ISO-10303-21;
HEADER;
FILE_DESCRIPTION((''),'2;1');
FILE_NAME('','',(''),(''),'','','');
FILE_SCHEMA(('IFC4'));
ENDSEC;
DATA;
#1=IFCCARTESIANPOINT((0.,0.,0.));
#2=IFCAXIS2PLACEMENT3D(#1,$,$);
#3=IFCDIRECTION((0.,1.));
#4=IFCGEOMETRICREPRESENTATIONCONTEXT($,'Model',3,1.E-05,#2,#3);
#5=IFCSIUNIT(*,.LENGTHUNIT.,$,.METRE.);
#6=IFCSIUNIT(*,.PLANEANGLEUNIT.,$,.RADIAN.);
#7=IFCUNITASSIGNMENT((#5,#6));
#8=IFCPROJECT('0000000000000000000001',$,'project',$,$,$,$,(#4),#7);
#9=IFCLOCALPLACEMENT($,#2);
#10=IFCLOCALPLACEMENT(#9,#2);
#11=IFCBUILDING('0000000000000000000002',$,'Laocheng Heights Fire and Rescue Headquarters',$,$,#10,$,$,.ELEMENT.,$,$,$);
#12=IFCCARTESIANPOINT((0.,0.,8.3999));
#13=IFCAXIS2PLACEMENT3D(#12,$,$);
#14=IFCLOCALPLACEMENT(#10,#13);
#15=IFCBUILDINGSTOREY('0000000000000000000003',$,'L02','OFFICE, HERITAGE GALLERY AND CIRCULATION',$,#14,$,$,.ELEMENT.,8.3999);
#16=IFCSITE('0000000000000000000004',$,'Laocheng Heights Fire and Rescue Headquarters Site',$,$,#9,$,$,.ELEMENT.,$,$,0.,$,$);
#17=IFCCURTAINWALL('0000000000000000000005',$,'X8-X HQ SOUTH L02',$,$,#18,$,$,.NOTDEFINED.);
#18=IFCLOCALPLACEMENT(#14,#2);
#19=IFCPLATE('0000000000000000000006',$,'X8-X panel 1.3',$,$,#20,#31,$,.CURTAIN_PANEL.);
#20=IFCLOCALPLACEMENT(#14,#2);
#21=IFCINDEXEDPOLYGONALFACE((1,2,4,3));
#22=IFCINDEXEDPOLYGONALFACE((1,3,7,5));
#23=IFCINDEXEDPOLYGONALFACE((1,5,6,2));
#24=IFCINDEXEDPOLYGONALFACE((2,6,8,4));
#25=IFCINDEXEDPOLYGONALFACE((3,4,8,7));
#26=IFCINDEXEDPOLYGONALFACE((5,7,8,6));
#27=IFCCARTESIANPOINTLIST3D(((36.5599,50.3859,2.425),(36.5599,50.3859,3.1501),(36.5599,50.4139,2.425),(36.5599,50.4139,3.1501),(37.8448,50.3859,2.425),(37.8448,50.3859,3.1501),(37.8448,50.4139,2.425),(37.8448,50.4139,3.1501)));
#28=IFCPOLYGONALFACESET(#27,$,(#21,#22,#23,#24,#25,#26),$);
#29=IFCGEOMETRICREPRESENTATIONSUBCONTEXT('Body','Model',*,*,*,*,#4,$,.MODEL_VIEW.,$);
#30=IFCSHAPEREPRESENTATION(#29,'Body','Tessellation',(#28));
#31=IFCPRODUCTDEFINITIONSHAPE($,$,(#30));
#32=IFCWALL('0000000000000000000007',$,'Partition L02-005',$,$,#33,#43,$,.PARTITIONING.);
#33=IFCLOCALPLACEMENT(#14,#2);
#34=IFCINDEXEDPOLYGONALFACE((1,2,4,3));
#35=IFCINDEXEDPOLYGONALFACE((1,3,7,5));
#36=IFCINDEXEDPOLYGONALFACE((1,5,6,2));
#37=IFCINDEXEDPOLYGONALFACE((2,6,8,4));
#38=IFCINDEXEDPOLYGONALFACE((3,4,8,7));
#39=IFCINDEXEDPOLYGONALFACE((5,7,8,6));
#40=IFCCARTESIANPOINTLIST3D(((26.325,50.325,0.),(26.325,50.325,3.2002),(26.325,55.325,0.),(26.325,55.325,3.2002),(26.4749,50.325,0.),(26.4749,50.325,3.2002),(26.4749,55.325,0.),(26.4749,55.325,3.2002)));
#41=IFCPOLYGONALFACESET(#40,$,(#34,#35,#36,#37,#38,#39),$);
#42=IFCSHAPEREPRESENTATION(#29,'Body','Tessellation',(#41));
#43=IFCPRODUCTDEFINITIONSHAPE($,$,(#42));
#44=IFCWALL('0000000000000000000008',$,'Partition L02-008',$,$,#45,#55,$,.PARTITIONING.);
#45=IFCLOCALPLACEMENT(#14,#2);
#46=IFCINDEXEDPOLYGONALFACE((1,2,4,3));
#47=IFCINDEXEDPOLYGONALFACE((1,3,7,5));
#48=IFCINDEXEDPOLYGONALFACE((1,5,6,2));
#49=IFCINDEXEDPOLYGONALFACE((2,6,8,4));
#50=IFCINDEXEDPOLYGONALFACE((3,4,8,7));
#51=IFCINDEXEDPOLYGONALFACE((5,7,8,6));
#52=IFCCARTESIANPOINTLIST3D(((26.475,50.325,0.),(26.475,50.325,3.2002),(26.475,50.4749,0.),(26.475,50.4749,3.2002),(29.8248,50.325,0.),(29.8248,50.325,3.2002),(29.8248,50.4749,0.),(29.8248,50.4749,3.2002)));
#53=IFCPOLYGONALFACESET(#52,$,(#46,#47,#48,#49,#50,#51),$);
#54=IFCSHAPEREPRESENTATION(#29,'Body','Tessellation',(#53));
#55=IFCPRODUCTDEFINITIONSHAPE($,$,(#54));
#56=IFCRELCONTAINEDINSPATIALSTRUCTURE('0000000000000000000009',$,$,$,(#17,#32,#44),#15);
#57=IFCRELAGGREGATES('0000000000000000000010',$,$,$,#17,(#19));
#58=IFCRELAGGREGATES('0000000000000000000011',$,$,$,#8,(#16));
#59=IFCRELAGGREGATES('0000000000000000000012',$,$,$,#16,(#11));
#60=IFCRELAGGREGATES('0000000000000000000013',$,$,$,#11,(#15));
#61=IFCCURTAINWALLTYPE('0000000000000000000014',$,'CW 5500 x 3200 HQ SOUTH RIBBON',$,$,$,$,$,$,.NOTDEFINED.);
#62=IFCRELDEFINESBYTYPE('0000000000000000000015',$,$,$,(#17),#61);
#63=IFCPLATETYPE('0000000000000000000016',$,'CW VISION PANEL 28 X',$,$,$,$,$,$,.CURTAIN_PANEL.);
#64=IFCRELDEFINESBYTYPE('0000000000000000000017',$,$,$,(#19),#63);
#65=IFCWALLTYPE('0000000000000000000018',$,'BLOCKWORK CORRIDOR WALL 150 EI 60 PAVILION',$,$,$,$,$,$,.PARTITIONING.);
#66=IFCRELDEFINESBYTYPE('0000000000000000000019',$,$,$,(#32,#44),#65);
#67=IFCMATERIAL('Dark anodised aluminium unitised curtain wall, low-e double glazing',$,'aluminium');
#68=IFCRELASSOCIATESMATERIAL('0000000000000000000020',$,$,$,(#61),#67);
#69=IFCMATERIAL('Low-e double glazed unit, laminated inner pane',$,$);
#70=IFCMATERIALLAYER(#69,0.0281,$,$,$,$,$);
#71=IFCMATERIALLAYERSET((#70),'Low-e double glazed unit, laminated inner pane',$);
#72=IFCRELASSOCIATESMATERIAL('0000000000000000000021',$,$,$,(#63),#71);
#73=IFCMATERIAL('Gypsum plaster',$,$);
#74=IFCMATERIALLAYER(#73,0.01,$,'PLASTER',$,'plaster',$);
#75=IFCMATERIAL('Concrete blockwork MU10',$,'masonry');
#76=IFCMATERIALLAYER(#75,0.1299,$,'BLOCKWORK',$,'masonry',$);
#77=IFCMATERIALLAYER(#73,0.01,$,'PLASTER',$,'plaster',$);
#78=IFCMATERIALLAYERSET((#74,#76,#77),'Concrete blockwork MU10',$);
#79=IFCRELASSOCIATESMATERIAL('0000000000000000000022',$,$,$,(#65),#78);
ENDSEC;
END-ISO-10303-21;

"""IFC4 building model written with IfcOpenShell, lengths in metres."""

from ifc_helpers import new_model, si_unit, direction, frame, frame_2d, origin, origin_2d, place, context, subcontext, project, spatial, rectangle, extrude, material, layer, layer_set, type_object, element, aggregate, save


model = new_model("IFC4")

# Units and contexts
model_context = context("Model", 3, precision=1e-05, world=origin(), true_north=direction((0.0, 1.0)))
body_context = subcontext(model_context, "Body", "Model", "MODEL_VIEW")
ifc_project = project(units=[si_unit("LENGTHUNIT", "METRE"), si_unit("PLANEANGLEUNIT", "RADIAN")], contexts=[model_context])

# Site, building, storey
site_placement = place(None, origin())
site = spatial("IfcSite", under=ifc_project, at=site_placement, Name="Laocheng Heights Fire and Rescue Headquarters Site", CompositionType="ELEMENT", RefElevation=0.0)
building_placement = place(site_placement, origin())
building = spatial("IfcBuilding", under=site, at=building_placement, Name="Laocheng Heights Fire and Rescue Headquarters", CompositionType="ELEMENT")
storey_placement = place(building_placement, frame((0.0, 0.0, 8.3999)))
storey = spatial("IfcBuildingStorey", under=building, at=storey_placement, Name="L02", Description="OFFICE, HERITAGE GALLERY AND CIRCULATION", CompositionType="ELEMENT", Elevation=8.3999)

# Curtain wall, plate
ifc_material_1 = material(Name="Dark anodised aluminium unitised curtain wall, low-e double glazing", Category="aluminium")
curtain_wall_type = type_object("IfcCurtainWallType", Name="CW 5500 x 3200 HQ SOUTH RIBBON", PredefinedType="NOTDEFINED", material=ifc_material_1)
curtain_wall_placement = place(storey_placement, origin())
curtain_wall = element("IfcCurtainWall", 1, at=curtain_wall_placement, inside=storey, type_object=curtain_wall_type, Name="X8-X HQ SOUTH L02", PredefinedType="NOTDEFINED")
ifc_material_2 = material(Name="Low-e double glazed unit, laminated inner pane")
ifc_layer_1 = layer(ifc_material_2, 0.0281)
ifc_layer_set_1 = layer_set([ifc_layer_1], Name="Low-e double glazed unit, laminated inner pane")
plate_type_1 = type_object("IfcPlateType", Name="CW VISION PANEL 28 X", PredefinedType="CURTAIN_PANEL", material=ifc_layer_set_1)
plate_1_placement = place(storey_placement, frame((37.2024, 50.3999, 2.425), z_axis=(0.0, 0.0, 1.0), x_axis=(1.0, 0.0, 0.0)))
plate_1 = element("IfcPlate", 2, at=plate_1_placement, type_object=plate_type_1, Name="X8-X panel 1.3", PredefinedType="CURTAIN_PANEL", context=body_context, shape_type="SweptSolid", body=[
    extrude(rectangle(XDim=1.2849, YDim=0.0281, at=origin_2d()), origin(), (0.0, 0.0, 1.0), 0.7251),
])
aggregate(curtain_wall, [plate_1])

# Walls
ifc_material_3 = material(Name="Gypsum plaster")
ifc_layer_2 = layer(ifc_material_3, 0.01, Name="PLASTER", Category="plaster")
ifc_material_4 = material(Name="Concrete blockwork MU10", Category="masonry")
ifc_layer_3 = layer(ifc_material_4, 0.1299, Name="BLOCKWORK", Category="masonry")
ifc_layer_4 = layer(ifc_material_3, 0.01, Name="PLASTER", Category="plaster")
ifc_layer_set_2 = layer_set([ifc_layer_2, ifc_layer_3, ifc_layer_4], Name="Concrete blockwork MU10")
wall_type = type_object("IfcWallType", Name="BLOCKWORK CORRIDOR WALL 150 EI 60 PAVILION", PredefinedType="PARTITIONING", material=ifc_layer_set_2)
wall_1_placement = place(storey_placement, frame((26.3999, 50.325, 0.0), z_axis=(0.0, 0.0, 1.0), x_axis=(0.0, 1.0, 0.0)))
element("IfcWall", 3, at=wall_1_placement, inside=storey, type_object=wall_type, Name="Partition L02-005", PredefinedType="PARTITIONING", context=body_context, shape_type="SweptSolid", body=[
    extrude(rectangle(XDim=5.0, YDim=0.1499, at=frame_2d((2.5, 0.0))), origin(), (0.0, 0.0, 1.0), 3.2002),
])
wall_2_placement = place(storey_placement, frame((26.4751, 50.3999, 0.0), z_axis=(0.0, 0.0, 1.0), x_axis=(1.0, 0.0, 0.0)))
element("IfcWall", 4, at=wall_2_placement, inside=storey, type_object=wall_type, Name="Partition L02-008", PredefinedType="PARTITIONING", context=body_context, shape_type="SweptSolid", body=[
    extrude(rectangle(XDim=3.3499, YDim=0.1499, at=frame_2d((1.6748, 0.0))), origin(), (0.0, 0.0, 1.0), 3.2002),
])

save(model, "model.ifc")
